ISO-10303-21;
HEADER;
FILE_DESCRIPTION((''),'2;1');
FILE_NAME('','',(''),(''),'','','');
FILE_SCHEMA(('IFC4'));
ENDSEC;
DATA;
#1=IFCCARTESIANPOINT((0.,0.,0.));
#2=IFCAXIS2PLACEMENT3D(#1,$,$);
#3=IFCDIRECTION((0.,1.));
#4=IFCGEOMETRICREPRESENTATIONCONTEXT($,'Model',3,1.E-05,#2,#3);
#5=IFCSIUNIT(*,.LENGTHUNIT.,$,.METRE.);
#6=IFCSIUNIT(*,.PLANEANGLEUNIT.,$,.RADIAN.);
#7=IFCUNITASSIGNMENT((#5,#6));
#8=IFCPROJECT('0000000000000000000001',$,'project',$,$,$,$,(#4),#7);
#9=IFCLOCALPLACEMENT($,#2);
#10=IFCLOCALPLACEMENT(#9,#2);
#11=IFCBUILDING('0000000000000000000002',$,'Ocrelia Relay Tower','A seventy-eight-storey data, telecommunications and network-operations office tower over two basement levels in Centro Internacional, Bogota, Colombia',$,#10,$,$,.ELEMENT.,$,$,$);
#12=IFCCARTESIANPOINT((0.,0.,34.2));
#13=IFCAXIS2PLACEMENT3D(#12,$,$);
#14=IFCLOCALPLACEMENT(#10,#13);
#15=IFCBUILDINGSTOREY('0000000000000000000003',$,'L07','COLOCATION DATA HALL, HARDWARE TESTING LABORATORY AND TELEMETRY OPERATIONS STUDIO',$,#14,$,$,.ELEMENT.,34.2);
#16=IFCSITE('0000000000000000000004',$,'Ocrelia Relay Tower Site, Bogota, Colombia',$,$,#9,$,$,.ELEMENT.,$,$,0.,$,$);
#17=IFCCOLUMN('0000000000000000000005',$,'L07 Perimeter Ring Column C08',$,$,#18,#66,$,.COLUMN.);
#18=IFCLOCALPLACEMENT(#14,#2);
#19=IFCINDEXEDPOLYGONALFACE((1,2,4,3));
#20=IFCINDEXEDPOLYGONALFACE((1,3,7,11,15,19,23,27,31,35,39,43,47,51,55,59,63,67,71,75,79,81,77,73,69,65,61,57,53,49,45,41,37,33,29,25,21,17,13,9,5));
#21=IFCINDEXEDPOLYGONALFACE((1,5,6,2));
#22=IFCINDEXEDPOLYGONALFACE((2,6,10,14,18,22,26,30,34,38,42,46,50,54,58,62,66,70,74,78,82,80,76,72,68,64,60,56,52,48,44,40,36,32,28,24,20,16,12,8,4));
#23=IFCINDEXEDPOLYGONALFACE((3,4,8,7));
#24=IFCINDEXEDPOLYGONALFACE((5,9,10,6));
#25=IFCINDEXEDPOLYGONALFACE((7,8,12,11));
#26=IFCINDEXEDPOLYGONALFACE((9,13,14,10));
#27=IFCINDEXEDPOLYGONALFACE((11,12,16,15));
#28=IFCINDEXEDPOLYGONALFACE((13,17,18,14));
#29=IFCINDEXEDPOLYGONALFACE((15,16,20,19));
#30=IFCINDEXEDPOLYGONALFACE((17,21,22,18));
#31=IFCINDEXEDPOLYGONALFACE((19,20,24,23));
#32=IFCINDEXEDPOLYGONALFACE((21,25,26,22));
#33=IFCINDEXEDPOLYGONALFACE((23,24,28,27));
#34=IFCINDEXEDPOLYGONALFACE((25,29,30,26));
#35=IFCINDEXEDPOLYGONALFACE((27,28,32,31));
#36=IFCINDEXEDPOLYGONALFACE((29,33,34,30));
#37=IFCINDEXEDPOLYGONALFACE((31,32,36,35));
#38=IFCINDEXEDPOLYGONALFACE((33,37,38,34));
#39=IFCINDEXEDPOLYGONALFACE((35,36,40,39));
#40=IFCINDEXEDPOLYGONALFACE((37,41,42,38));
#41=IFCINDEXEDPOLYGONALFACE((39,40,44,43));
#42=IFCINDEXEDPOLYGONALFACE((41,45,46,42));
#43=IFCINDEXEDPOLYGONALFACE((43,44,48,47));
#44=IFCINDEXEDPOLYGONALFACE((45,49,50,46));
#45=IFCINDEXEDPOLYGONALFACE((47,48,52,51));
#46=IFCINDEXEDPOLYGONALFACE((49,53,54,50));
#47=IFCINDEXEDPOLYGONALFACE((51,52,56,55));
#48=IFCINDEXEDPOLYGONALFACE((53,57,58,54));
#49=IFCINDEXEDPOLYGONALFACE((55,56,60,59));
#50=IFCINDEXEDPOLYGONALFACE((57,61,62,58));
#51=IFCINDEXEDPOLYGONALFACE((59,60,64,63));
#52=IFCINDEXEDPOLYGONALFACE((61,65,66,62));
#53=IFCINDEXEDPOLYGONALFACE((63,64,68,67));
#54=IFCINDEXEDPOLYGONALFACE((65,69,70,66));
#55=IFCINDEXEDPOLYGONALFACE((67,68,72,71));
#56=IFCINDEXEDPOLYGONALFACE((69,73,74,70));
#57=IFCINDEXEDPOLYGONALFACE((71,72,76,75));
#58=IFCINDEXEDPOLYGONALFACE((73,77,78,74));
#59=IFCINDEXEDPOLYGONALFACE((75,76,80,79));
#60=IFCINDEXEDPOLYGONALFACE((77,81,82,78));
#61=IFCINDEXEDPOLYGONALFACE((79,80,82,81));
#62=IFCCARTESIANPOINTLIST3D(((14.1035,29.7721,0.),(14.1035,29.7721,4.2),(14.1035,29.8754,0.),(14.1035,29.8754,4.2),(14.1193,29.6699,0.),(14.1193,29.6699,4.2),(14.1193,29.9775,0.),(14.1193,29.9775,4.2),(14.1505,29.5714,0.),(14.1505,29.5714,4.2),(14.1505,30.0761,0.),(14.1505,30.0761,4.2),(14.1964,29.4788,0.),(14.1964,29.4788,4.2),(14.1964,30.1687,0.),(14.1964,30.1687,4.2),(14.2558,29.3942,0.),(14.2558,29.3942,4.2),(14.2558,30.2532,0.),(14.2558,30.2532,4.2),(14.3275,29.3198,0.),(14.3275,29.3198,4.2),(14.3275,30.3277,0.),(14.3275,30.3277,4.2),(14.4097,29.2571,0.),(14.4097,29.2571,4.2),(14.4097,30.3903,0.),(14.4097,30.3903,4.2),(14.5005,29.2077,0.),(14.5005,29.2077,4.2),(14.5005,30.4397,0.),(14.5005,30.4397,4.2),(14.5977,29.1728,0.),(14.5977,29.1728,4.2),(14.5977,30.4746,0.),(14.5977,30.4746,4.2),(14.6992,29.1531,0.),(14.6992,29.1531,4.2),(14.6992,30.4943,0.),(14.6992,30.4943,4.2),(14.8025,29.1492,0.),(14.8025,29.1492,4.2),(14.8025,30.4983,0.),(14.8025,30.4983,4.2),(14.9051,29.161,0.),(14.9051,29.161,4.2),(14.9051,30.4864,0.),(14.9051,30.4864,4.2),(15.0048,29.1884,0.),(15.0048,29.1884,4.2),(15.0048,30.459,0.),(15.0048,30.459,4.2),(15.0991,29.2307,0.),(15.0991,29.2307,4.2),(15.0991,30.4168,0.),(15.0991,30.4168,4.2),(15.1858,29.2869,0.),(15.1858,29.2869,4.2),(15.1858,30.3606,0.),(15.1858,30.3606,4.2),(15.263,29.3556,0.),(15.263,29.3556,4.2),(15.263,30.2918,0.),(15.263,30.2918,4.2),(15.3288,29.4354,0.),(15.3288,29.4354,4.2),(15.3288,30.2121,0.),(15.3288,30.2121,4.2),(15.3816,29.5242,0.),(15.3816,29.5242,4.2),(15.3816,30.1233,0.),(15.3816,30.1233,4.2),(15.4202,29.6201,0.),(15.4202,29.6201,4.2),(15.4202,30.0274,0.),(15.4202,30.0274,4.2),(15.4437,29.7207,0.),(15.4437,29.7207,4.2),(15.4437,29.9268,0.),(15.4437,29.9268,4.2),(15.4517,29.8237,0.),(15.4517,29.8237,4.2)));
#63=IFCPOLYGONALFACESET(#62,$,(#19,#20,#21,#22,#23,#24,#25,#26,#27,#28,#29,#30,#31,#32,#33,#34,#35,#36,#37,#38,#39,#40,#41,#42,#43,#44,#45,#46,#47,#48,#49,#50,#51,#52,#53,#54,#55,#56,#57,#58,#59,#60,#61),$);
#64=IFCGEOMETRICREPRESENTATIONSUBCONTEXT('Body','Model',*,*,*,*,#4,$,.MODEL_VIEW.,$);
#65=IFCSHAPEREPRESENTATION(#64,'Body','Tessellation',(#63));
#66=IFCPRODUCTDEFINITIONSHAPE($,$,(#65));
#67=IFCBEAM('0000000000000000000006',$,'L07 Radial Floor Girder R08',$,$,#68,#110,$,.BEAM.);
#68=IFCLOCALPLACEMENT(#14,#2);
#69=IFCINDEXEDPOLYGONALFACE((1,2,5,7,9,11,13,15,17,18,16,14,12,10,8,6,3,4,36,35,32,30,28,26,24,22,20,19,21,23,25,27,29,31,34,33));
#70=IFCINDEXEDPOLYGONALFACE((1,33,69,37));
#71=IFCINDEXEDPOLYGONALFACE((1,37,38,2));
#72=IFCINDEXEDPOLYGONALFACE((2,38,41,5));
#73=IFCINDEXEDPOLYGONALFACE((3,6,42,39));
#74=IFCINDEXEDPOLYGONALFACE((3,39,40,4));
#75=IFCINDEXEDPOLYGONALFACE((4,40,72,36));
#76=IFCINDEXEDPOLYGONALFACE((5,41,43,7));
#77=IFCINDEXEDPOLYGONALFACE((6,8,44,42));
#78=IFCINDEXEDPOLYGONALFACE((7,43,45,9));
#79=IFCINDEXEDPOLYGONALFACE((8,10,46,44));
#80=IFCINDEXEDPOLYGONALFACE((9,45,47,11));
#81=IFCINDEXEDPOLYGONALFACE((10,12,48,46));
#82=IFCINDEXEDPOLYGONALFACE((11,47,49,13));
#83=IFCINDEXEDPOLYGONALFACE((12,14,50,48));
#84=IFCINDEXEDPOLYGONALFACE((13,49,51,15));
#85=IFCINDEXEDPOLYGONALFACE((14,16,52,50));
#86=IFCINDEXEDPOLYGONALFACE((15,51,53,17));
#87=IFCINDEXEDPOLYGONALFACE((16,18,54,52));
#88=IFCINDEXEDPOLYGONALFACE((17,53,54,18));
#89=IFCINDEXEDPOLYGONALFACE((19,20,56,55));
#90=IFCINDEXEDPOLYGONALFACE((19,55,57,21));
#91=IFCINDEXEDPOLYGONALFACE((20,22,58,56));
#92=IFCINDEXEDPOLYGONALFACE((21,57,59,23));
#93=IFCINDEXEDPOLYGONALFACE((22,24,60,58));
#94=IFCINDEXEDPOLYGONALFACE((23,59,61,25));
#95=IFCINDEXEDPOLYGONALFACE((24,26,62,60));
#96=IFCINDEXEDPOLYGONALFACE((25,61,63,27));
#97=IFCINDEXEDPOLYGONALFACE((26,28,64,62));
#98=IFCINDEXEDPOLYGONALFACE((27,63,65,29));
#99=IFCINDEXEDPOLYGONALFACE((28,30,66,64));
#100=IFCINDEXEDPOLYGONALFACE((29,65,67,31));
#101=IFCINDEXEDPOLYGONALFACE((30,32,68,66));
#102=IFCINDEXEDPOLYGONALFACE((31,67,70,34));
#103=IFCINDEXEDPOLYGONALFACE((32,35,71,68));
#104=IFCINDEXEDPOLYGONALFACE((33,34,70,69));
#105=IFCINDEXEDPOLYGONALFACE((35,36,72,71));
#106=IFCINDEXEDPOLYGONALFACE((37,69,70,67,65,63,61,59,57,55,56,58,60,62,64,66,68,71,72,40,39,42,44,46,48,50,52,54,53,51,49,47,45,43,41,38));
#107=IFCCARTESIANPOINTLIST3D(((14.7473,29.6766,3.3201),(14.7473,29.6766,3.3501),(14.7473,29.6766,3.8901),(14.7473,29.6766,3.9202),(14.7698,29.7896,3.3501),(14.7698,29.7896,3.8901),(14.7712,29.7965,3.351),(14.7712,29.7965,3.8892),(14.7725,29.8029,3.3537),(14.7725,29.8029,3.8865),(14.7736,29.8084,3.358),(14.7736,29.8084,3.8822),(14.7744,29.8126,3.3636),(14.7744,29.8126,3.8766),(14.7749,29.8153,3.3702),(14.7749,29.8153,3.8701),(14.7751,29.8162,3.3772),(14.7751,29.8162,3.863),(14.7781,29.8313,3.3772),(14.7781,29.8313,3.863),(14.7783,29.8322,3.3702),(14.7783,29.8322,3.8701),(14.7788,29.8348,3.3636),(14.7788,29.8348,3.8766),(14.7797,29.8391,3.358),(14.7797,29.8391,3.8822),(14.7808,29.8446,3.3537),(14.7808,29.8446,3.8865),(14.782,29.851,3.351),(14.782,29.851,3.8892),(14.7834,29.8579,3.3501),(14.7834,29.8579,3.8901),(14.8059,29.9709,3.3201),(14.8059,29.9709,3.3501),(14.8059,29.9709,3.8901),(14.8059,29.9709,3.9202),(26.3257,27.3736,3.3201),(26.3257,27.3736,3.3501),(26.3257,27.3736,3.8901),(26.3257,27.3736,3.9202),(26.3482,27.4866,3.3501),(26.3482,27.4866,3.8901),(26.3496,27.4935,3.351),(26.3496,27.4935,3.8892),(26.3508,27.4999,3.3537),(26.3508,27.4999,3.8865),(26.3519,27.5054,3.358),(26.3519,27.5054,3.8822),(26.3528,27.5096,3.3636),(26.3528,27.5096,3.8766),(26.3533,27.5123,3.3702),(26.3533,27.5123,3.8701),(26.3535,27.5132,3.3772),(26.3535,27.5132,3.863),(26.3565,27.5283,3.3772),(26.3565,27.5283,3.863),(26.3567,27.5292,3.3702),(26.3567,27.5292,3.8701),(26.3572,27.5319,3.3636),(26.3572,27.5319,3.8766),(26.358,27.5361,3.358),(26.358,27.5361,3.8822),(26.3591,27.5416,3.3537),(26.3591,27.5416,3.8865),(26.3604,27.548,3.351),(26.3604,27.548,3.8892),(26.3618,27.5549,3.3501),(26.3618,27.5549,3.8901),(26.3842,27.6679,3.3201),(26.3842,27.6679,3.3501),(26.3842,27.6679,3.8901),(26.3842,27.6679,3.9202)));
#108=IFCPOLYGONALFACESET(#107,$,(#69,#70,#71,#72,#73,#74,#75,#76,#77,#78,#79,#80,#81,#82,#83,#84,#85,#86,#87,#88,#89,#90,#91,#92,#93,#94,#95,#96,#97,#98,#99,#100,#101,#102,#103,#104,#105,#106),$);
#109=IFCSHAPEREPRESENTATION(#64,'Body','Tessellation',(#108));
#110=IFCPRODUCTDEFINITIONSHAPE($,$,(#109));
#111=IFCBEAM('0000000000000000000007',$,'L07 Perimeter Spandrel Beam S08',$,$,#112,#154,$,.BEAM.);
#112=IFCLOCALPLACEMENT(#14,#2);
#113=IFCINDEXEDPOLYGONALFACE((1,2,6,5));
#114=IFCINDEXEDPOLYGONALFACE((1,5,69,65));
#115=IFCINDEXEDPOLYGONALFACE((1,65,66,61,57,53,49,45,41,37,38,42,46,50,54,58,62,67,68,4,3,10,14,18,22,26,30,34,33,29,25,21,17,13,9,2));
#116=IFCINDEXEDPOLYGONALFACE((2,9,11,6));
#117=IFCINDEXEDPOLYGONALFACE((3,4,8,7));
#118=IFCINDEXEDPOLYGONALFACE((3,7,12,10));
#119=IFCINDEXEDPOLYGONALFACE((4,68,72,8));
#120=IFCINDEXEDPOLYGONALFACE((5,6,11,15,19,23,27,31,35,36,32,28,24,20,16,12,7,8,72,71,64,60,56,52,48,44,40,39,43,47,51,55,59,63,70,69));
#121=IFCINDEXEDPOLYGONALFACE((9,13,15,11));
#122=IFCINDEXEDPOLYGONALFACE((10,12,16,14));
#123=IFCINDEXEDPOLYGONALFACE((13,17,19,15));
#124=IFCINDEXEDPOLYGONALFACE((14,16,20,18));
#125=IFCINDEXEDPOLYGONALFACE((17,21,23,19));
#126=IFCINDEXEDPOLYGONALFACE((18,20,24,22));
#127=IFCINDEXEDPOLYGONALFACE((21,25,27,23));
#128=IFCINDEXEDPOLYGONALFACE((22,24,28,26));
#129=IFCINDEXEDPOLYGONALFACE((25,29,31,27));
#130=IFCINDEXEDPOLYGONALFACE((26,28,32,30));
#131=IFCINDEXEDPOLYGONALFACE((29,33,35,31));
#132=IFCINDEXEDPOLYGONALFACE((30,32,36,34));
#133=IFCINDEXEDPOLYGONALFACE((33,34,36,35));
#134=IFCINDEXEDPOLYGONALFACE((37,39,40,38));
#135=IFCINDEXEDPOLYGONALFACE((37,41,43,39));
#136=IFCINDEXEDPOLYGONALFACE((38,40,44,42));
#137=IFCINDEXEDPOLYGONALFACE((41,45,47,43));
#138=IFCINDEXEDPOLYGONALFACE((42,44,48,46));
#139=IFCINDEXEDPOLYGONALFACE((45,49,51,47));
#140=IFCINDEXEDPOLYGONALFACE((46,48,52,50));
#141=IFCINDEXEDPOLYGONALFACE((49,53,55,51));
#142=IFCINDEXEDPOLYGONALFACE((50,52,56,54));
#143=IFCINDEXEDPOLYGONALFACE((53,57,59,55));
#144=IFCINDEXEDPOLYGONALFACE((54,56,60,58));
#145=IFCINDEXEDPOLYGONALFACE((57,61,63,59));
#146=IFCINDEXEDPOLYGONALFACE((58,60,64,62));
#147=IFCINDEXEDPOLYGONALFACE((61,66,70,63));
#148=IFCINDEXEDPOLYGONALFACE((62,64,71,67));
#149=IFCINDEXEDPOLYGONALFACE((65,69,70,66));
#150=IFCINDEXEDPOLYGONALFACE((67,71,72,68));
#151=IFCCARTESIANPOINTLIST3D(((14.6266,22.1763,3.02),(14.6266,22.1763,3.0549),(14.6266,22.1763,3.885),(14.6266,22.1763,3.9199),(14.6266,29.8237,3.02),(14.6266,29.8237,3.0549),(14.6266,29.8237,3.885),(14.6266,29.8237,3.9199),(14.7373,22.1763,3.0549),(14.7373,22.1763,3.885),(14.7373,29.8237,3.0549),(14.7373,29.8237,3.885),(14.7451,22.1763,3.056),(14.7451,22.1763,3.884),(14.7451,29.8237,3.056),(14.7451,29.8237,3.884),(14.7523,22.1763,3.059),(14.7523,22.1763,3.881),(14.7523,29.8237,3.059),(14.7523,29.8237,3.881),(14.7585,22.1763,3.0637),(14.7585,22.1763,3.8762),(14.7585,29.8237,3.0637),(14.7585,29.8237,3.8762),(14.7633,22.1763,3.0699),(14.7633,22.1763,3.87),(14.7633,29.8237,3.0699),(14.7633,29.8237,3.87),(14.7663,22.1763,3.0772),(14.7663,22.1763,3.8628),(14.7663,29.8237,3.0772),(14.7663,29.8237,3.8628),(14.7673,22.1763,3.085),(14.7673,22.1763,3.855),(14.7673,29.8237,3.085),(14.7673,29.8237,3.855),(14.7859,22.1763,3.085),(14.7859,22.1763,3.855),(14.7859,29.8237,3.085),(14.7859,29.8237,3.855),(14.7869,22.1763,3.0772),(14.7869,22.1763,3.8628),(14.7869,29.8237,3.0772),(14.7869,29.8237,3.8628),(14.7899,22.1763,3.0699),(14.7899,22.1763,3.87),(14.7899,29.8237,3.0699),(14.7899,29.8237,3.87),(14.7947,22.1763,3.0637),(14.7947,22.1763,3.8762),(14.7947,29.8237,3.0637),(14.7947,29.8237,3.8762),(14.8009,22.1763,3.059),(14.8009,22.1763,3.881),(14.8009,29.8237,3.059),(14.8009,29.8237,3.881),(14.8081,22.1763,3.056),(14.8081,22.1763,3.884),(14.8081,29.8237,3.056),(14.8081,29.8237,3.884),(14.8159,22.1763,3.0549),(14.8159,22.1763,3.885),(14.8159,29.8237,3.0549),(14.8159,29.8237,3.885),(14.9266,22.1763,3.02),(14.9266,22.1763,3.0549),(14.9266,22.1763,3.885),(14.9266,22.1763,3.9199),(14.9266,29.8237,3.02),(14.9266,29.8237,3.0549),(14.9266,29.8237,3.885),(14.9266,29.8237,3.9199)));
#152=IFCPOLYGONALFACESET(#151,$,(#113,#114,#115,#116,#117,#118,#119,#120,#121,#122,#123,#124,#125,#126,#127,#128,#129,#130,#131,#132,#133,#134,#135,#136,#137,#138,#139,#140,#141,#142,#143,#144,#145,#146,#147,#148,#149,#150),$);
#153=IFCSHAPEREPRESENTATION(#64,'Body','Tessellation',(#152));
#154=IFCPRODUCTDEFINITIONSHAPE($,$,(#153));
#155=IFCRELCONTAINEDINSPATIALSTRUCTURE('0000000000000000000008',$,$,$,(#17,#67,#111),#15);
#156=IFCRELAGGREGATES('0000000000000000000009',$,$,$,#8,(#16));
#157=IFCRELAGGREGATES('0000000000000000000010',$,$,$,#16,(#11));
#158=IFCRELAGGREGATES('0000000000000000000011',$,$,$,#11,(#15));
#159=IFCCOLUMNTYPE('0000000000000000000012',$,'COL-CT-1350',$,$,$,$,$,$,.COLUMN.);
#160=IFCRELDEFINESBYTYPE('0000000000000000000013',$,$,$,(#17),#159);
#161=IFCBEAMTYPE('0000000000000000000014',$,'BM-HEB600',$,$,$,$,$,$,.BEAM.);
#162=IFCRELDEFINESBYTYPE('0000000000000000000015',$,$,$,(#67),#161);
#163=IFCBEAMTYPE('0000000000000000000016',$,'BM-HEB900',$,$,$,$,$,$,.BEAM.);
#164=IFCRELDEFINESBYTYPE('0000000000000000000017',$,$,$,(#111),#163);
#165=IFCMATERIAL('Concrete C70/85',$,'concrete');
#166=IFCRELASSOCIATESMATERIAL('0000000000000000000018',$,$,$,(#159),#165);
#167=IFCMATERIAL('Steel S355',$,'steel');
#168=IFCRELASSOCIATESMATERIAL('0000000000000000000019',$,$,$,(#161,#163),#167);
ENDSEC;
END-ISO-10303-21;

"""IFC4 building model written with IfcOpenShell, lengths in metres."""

from ifc_helpers import new_model, si_unit, direction, frame, origin, origin_2d, place, context, subcontext, project, spatial, circle, i_section, extrude, material, material_profile, profile_set, type_object, element, save


model = new_model("IFC4")

# Units and contexts
model_context = context("Model", 3, precision=1e-05, world=origin(), true_north=direction((0.0, 1.0)))
body_context = subcontext(model_context, "Body", "Model", "MODEL_VIEW")
ifc_project = project(units=[si_unit("LENGTHUNIT", "METRE"), si_unit("PLANEANGLEUNIT", "RADIAN")], contexts=[model_context])

# Site, building, storey
site_placement = place(None, origin())
site = spatial("IfcSite", under=ifc_project, at=site_placement, Name="Ocrelia Relay Tower Site, Bogota, Colombia", CompositionType="ELEMENT", RefElevation=0.0)
building_placement = place(site_placement, origin())
building = spatial("IfcBuilding", under=site, at=building_placement, Name="Ocrelia Relay Tower", Description="A seventy-eight-storey data, telecommunications and network-operations office tower over two basement levels in Centro Internacional, Bogota, Colombia", CompositionType="ELEMENT")
storey_placement = place(building_placement, frame((0.0, 0.0, 34.2)))
storey = spatial("IfcBuildingStorey", under=building, at=storey_placement, Name="L07", Description="COLOCATION DATA HALL, HARDWARE TESTING LABORATORY AND TELEMETRY OPERATIONS STUDIO", CompositionType="ELEMENT", Elevation=34.2)

# Column
ifc_material_1 = material(Name="Concrete C70/85", Category="concrete")
ifc_material_profile_1 = material_profile(ifc_material_1, circle(Radius=0.675, at=origin_2d()), Name="RC-CIR-1350")
ifc_profile_set_1 = profile_set([ifc_material_profile_1], Name="Concrete C70/85")
column_type = type_object("IfcColumnType", Name="COL-CT-1350", PredefinedType="COLUMN", material=ifc_profile_set_1)
column_placement = place(storey_placement, frame((14.7766, 29.8237, 0.0), z_axis=(0.0, 0.0, 1.0), x_axis=(1.0, 0.0, 0.0)))
element("IfcColumn", 1, at=column_placement, inside=storey, type_object=column_type, Name="L07 Perimeter Ring Column C08", PredefinedType="COLUMN", context=body_context, shape_type="SweptSolid", body=[
    extrude(circle(Radius=0.675, at=origin_2d()), origin(), (0.0, 0.0, 1.0), 4.2),
])

# Beams
ifc_material_2 = material(Name="Steel S355", Category="steel")
ifc_material_profile_2 = material_profile(ifc_material_2, i_section(OverallWidth=0.3, OverallDepth=0.6001, WebThickness=0.0154, FlangeThickness=0.03, FilletRadius=0.0271, at=origin_2d()), Name="HEB 600")
ifc_profile_set_2 = profile_set([ifc_material_profile_2], Name="Steel S355")
beam_type_1 = type_object("IfcBeamType", Name="BM-HEB600", PredefinedType="BEAM", material=ifc_profile_set_2)
beam_1_placement = place(storey_placement, frame((14.7766, 29.8237, 3.6201), z_axis=(0.980787, -0.195082, 0.0), x_axis=(0.195082, 0.980787, 0.0)))
element("IfcBeam", 2, at=beam_1_placement, inside=storey, type_object=beam_type_1, Name="L07 Radial Floor Girder R08", PredefinedType="BEAM", context=body_context, shape_type="SweptSolid", body=[
    extrude(i_section(OverallWidth=0.3, OverallDepth=0.6001, WebThickness=0.0154, FlangeThickness=0.03, FilletRadius=0.0271, at=origin_2d()), origin(), (0.0, 0.0, 1.0), 11.8052),
])
ifc_material_profile_3 = material_profile(ifc_material_2, i_section(OverallWidth=0.3, OverallDepth=0.8999, WebThickness=0.0186, FlangeThickness=0.0349, FilletRadius=0.03, at=origin_2d()), Name="HEB 900")
ifc_profile_set_3 = profile_set([ifc_material_profile_3], Name="Steel S355")
beam_type_2 = type_object("IfcBeamType", Name="BM-HEB900", PredefinedType="BEAM", material=ifc_profile_set_3)
beam_2_placement = place(storey_placement, frame((14.7766, 29.8237, 3.47), z_axis=(0.0, -1.0, 0.0), x_axis=(1.0, 0.0, 0.0)))
element("IfcBeam", 3, at=beam_2_placement, inside=storey, type_object=beam_type_2, Name="L07 Perimeter Spandrel Beam S08", PredefinedType="BEAM", context=body_context, shape_type="SweptSolid", body=[
    extrude(i_section(OverallWidth=0.3, OverallDepth=0.8999, WebThickness=0.0186, FlangeThickness=0.0349, FilletRadius=0.03, at=origin_2d()), origin(), (0.0, 0.0, 1.0), 7.6475),
])

save(model, "model.ifc")
